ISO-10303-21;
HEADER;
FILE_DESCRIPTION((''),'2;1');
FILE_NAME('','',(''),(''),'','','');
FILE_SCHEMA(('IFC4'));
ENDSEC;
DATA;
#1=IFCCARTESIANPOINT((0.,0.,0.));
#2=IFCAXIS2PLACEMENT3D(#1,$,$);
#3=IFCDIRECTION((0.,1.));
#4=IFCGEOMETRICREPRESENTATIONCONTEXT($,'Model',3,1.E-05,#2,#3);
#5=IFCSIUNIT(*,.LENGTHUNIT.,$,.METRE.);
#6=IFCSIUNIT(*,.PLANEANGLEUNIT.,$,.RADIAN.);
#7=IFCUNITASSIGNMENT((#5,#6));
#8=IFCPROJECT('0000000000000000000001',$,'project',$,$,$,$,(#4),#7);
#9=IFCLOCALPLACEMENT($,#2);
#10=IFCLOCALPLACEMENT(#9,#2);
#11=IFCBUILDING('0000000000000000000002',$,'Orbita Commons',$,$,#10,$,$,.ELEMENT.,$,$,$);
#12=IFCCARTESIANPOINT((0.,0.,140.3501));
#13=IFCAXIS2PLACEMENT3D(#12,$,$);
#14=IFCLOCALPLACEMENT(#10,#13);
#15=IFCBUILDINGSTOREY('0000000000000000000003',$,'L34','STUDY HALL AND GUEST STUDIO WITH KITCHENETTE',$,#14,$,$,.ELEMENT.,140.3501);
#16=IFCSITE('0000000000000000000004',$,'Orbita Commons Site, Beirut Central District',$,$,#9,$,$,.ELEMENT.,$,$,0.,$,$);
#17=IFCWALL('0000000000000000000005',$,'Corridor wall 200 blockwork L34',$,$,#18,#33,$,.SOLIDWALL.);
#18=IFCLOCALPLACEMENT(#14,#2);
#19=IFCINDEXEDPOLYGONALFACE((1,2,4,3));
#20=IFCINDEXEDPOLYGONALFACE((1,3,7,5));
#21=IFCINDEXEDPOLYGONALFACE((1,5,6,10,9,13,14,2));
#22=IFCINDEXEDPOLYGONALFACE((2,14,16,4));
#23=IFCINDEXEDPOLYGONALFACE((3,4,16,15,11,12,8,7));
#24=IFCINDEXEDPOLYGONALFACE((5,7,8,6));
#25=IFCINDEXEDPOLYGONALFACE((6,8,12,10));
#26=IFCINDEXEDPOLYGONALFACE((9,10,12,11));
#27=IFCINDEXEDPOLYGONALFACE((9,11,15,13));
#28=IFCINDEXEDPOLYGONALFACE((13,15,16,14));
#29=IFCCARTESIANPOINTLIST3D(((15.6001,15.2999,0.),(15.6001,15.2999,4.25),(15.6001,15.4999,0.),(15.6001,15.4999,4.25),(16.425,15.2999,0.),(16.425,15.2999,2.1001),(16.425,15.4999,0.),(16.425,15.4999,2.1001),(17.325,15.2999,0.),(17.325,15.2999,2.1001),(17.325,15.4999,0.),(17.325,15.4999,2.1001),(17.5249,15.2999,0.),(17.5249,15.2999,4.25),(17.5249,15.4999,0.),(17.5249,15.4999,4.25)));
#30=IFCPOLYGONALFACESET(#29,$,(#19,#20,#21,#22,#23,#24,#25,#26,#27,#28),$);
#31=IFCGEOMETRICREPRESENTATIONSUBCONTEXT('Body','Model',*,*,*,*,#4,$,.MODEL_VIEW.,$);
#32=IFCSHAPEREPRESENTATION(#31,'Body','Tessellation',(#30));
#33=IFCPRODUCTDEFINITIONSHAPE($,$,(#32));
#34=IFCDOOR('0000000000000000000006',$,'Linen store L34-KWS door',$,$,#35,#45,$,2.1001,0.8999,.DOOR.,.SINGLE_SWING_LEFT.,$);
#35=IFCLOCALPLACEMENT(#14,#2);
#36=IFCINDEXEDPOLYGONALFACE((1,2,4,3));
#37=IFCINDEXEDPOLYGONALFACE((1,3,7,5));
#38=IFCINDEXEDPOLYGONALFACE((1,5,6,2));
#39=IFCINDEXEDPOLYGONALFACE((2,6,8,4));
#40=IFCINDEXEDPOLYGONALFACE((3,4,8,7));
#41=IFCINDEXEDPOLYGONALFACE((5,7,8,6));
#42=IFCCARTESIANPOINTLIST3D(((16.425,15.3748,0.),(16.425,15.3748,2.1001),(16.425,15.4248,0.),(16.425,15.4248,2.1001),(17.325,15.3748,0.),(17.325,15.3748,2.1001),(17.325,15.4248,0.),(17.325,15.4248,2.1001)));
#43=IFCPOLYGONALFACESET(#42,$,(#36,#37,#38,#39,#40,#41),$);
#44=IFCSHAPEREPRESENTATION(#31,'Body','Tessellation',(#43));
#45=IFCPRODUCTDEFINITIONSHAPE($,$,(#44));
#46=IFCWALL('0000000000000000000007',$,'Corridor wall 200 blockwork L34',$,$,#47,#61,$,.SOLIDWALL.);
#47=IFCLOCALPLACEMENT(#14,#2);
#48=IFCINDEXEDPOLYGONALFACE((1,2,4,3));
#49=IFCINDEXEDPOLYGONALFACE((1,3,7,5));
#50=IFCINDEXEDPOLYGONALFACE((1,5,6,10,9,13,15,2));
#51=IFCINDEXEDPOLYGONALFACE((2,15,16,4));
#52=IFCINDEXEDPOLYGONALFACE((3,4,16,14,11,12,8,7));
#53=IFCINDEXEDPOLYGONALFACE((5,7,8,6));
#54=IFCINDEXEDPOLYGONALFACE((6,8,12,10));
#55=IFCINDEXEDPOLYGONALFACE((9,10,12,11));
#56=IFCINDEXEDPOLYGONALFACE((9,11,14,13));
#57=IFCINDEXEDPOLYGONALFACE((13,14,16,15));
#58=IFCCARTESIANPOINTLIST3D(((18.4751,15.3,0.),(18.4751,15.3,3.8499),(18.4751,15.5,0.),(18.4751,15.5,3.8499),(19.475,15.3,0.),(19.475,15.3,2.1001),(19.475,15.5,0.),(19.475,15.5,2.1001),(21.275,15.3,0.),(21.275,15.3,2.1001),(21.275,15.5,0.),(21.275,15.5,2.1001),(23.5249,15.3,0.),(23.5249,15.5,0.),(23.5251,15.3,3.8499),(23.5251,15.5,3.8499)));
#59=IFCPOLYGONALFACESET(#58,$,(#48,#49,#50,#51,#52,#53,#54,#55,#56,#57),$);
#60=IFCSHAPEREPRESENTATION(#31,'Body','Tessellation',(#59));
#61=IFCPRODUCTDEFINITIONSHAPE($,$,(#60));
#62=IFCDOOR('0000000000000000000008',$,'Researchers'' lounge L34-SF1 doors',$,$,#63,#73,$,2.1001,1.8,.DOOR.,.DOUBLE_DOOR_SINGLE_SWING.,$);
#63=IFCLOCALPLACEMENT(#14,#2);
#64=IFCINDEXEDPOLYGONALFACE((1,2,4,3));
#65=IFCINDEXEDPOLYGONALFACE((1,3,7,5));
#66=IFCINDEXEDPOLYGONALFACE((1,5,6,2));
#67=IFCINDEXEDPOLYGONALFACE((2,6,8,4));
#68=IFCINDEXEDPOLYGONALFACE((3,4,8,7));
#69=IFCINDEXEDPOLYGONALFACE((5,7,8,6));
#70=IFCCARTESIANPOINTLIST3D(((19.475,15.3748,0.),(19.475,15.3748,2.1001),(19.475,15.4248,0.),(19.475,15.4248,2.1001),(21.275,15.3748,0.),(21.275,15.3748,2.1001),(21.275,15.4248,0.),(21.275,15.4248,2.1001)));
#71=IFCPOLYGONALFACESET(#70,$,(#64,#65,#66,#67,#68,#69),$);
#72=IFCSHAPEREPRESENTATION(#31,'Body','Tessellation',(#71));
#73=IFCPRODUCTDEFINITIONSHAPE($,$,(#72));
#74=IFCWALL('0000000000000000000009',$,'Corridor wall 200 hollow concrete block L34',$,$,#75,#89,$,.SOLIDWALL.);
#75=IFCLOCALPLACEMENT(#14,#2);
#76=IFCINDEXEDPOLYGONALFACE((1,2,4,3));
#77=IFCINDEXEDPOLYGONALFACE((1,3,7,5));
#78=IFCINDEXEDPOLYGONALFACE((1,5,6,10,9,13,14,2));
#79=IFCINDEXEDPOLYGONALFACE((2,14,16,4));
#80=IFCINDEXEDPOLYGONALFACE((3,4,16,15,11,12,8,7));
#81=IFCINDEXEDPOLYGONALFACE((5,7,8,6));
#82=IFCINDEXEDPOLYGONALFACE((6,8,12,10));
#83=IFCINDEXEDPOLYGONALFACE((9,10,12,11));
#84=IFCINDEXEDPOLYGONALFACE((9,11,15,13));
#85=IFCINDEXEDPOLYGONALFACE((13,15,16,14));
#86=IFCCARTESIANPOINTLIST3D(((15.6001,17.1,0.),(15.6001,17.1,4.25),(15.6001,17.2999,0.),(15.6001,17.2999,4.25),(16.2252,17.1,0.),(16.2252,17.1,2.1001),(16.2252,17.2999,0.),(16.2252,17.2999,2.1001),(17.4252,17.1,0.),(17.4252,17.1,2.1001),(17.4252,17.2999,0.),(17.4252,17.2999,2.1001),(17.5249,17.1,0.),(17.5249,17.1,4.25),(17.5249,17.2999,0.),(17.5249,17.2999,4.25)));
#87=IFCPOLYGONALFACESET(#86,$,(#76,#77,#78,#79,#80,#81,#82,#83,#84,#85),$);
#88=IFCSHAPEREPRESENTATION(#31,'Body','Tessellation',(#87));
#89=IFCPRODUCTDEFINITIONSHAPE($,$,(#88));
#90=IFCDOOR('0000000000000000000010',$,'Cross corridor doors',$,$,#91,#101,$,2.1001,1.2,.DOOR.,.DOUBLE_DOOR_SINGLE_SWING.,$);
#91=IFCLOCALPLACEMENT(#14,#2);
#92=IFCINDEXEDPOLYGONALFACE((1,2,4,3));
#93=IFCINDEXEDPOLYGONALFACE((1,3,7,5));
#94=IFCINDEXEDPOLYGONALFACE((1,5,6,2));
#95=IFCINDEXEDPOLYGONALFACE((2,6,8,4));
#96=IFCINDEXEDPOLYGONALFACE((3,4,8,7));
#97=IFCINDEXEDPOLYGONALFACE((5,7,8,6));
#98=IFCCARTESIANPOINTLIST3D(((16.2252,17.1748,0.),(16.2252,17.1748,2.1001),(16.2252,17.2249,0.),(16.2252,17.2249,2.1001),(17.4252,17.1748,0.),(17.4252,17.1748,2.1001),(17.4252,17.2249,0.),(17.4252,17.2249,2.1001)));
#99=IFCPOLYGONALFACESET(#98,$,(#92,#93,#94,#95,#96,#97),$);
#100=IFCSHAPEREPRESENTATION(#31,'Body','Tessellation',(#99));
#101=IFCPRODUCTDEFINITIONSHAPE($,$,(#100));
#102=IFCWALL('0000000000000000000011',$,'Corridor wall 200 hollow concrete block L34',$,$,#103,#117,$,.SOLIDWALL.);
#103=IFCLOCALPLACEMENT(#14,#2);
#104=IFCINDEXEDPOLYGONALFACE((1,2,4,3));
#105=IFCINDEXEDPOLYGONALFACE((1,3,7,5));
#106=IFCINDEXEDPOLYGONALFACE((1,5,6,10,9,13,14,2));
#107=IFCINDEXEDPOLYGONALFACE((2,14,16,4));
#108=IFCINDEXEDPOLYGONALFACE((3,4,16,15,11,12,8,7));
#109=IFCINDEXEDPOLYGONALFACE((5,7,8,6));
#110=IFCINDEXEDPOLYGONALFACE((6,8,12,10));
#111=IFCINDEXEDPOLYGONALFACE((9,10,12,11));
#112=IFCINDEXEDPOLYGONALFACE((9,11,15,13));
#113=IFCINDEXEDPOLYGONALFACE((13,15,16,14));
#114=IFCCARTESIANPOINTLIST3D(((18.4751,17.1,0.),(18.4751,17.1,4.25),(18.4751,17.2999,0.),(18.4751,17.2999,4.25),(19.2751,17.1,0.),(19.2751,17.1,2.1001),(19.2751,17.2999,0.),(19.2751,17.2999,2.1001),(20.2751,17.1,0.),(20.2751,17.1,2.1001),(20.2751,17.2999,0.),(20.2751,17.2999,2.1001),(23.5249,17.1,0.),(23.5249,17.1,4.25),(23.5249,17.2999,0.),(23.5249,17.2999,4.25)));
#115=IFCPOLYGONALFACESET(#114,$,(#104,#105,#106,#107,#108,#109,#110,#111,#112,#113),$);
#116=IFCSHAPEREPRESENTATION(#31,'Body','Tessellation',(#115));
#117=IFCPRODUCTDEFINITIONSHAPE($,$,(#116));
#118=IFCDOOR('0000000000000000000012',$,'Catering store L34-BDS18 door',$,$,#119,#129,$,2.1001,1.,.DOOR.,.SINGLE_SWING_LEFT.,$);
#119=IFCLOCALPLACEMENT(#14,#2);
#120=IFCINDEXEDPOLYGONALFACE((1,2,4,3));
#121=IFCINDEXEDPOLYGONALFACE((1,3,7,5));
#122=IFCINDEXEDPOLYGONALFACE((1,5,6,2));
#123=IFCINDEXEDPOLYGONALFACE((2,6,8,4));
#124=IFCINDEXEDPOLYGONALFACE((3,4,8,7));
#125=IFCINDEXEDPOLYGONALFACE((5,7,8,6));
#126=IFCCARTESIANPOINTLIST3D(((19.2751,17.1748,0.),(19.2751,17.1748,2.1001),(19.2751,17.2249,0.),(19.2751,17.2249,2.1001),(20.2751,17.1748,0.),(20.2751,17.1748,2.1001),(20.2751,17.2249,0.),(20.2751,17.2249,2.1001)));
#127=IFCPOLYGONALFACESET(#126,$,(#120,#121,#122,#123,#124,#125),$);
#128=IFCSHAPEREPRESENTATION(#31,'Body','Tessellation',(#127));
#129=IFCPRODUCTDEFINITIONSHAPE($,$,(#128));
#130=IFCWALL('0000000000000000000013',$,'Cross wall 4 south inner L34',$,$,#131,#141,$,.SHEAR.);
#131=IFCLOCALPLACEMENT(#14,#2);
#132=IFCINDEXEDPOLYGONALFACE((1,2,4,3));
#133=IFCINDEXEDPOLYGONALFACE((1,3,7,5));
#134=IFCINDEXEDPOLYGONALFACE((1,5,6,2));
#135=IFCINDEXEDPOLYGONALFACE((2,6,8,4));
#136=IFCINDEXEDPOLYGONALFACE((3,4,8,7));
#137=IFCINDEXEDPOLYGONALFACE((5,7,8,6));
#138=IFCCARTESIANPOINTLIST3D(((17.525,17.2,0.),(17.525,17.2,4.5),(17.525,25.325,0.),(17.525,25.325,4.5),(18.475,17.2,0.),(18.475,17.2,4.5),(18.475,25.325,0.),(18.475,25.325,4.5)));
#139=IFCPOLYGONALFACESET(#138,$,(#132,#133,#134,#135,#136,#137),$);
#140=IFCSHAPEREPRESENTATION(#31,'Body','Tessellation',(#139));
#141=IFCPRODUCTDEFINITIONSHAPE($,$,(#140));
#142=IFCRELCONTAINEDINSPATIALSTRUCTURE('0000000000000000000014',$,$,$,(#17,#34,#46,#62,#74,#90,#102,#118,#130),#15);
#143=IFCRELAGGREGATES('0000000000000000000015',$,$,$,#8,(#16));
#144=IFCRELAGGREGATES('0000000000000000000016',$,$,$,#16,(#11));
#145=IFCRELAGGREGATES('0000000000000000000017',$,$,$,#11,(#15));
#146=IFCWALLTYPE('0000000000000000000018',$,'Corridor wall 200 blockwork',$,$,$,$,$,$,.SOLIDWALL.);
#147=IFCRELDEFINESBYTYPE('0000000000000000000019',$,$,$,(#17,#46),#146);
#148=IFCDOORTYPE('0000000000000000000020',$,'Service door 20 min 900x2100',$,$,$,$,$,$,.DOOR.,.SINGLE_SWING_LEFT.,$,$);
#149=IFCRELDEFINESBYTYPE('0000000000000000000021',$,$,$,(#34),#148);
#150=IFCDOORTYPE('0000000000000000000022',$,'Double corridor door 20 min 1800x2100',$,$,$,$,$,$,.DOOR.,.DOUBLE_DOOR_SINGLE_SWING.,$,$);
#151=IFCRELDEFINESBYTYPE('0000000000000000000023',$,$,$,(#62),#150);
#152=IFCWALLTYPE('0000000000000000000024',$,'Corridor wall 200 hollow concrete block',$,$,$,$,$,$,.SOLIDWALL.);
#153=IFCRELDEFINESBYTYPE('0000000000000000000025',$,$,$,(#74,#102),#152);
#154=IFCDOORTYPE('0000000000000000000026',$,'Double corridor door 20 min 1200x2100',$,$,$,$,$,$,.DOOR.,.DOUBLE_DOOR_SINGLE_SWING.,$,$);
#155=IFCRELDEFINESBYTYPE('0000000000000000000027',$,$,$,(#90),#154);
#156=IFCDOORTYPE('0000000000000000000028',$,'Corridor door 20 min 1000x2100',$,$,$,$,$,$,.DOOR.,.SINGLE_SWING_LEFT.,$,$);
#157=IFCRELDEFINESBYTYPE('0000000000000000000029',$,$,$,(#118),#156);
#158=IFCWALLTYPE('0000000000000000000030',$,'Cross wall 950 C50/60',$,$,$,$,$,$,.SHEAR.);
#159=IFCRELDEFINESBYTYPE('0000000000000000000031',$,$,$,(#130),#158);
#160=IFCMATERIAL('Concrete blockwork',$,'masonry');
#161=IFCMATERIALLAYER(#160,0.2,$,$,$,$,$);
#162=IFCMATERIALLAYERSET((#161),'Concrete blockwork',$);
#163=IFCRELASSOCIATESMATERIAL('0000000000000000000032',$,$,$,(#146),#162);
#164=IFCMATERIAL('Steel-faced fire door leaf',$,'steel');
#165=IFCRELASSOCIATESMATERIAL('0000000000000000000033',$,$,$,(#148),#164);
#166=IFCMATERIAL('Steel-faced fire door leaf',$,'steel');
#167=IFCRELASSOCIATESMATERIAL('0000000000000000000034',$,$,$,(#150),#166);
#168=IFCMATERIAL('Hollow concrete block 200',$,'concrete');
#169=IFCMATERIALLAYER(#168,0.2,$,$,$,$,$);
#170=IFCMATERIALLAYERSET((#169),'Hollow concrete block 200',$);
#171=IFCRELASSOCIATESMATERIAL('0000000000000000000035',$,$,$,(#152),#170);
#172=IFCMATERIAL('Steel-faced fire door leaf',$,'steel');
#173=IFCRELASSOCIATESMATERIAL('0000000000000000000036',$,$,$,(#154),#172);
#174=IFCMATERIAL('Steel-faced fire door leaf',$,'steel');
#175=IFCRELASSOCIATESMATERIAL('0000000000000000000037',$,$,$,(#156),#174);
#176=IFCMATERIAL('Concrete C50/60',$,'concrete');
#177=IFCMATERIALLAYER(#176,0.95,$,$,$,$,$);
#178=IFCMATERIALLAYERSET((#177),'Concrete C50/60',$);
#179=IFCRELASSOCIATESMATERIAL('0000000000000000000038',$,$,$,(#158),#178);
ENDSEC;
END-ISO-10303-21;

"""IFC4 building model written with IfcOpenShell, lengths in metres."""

from ifc_helpers import new_model, si_unit, direction, frame, frame_2d, origin, place, context, subcontext, project, spatial, polyline, rectangle, outline, extrude, material, layer, layer_set, type_object, element, fill, save


model = new_model("IFC4")

# Units and contexts
model_context = context("Model", 3, precision=1e-05, world=origin(), true_north=direction((0.0, 1.0)))
body_context = subcontext(model_context, "Body", "Model", "MODEL_VIEW")
ifc_project = project(units=[si_unit("LENGTHUNIT", "METRE"), si_unit("PLANEANGLEUNIT", "RADIAN")], contexts=[model_context])

# Site, building, storey
site_placement = place(None, origin())
site = spatial("IfcSite", under=ifc_project, at=site_placement, Name="Orbita Commons Site, Beirut Central District", CompositionType="ELEMENT", RefElevation=0.0)
building_placement = place(site_placement, origin())
building = spatial("IfcBuilding", under=site, at=building_placement, Name="Orbita Commons", CompositionType="ELEMENT")
storey_placement = place(building_placement, frame((0.0, 0.0, 140.3501)))
storey = spatial("IfcBuildingStorey", under=building, at=storey_placement, Name="L34", Description="STUDY HALL AND GUEST STUDIO WITH KITCHENETTE", CompositionType="ELEMENT", Elevation=140.3501)

# Walls, openings, doors
ifc_material_1 = material(Name="Concrete blockwork", Category="masonry")
ifc_layer_1 = layer(ifc_material_1, 0.2)
ifc_layer_set_1 = layer_set([ifc_layer_1], Name="Concrete blockwork")
wall_type_1 = type_object("IfcWallType", Name="Corridor wall 200 blockwork", PredefinedType="SOLIDWALL", material=ifc_layer_set_1)
wall_1_placement = place(storey_placement, frame((15.6001, 15.3999, 0.0), z_axis=(0.0, 0.0, 1.0), x_axis=(1.0, 0.0, 0.0)))
wall_1 = element("IfcWall", 1, at=wall_1_placement, inside=storey, type_object=wall_type_1, Name="Corridor wall 200 blockwork L34", PredefinedType="SOLIDWALL", context=body_context, shape_type="SweptSolid", body=[
    extrude(rectangle(XDim=1.9248, YDim=0.2, at=frame_2d((0.9624, 0.0))), origin(), (0.0, 0.0, 1.0), 4.25),
])
opening_1_placement = place(wall_1_placement, frame((0.825, 0.0, 0.0)))
opening_1 = element("IfcOpeningElement", 2, at=opening_1_placement, cuts=wall_1, PredefinedType="OPENING", context=body_context, shape_type="SweptSolid", body=[
    extrude(rectangle(XDim=0.8999, YDim=2.1001, at=frame_2d((0.45, 1.05))), frame((0.0, 0.1099, 0.0), z_axis=(0.0, -1.0, 0.0), x_axis=(1.0, 0.0, 0.0)), (0.0, 0.0, 1.0), 0.22),
])
ifc_material_2 = material(Name="Steel-faced fire door leaf", Category="steel")
door_type_1 = type_object("IfcDoorType", Name="Service door 20 min 900x2100", OperationType="SINGLE_SWING_LEFT", PredefinedType="DOOR", material=ifc_material_2)
door_1_placement = place(opening_1_placement, origin())
door_1 = element("IfcDoor", 3, at=door_1_placement, inside=storey, type_object=door_type_1, Name="Linen store L34-KWS door", OperationType="SINGLE_SWING_LEFT", OverallHeight=2.1001, OverallWidth=0.8999, PredefinedType="DOOR", context=body_context, shape_type="SweptSolid", body=[
    extrude(rectangle(XDim=0.8999, YDim=2.1001, at=frame_2d((0.45, 1.05))), frame((0.0, 0.0249, 0.0), z_axis=(0.0, -1.0, 0.0), x_axis=(1.0, 0.0, 0.0)), (0.0, 0.0, 1.0), 0.05),
])
fill(opening_1, door_1)
wall_2_placement = place(storey_placement, frame((18.4751, 15.3999, 0.0), z_axis=(0.0, 0.0, 1.0), x_axis=(1.0, 0.0, 0.0)))
wall_2 = element("IfcWall", 4, at=wall_2_placement, inside=storey, type_object=wall_type_1, Name="Corridor wall 200 blockwork L34", PredefinedType="SOLIDWALL", context=body_context, shape_type="SweptSolid", body=[
    extrude(outline(polyline([(0.0, 0.0), (5.0498, 0.0), (5.05, 3.8499), (0.0, 3.8499), (0.0, 0.0)])), frame((0.0, 0.1001, 0.0), z_axis=(0.0, -1.0, 0.0), x_axis=(1.0, 0.0, 0.0)), (0.0, 0.0, 1.0), 0.2),
])
opening_2_placement = place(wall_2_placement, frame((1.0, 0.0, 0.0)))
opening_2 = element("IfcOpeningElement", 5, at=opening_2_placement, cuts=wall_2, PredefinedType="OPENING", context=body_context, shape_type="SweptSolid", body=[
    extrude(rectangle(XDim=1.8, YDim=2.1001, at=frame_2d((0.8999, 1.05))), frame((0.0, 0.1099, 0.0), z_axis=(0.0, -1.0, 0.0), x_axis=(1.0, 0.0, 0.0)), (0.0, 0.0, 1.0), 0.22),
])
ifc_material_3 = material(Name="Steel-faced fire door leaf", Category="steel")
door_type_2 = type_object("IfcDoorType", Name="Double corridor door 20 min 1800x2100", OperationType="DOUBLE_DOOR_SINGLE_SWING", PredefinedType="DOOR", material=ifc_material_3)
door_2_placement = place(opening_2_placement, origin())
door_2 = element("IfcDoor", 6, at=door_2_placement, inside=storey, type_object=door_type_2, Name="Researchers' lounge L34-SF1 doors", OperationType="DOUBLE_DOOR_SINGLE_SWING", OverallHeight=2.1001, OverallWidth=1.8, PredefinedType="DOOR", context=body_context, shape_type="SweptSolid", body=[
    extrude(rectangle(XDim=1.8, YDim=2.1001, at=frame_2d((0.8999, 1.05))), frame((0.0, 0.0249, 0.0), z_axis=(0.0, -1.0, 0.0), x_axis=(1.0, 0.0, 0.0)), (0.0, 0.0, 1.0), 0.05),
])
fill(opening_2, door_2)
ifc_material_4 = material(Name="Hollow concrete block 200", Category="concrete")
ifc_layer_2 = layer(ifc_material_4, 0.2)
ifc_layer_set_2 = layer_set([ifc_layer_2], Name="Hollow concrete block 200")
wall_type_2 = type_object("IfcWallType", Name="Corridor wall 200 hollow concrete block", PredefinedType="SOLIDWALL", material=ifc_layer_set_2)
wall_3_placement = place(storey_placement, frame((15.6001, 17.2, 0.0), z_axis=(0.0, 0.0, 1.0), x_axis=(1.0, 0.0, 0.0)))
wall_3 = element("IfcWall", 7, at=wall_3_placement, inside=storey, type_object=wall_type_2, Name="Corridor wall 200 hollow concrete block L34", PredefinedType="SOLIDWALL", context=body_context, shape_type="SweptSolid", body=[
    extrude(rectangle(XDim=1.9248, YDim=0.2, at=frame_2d((0.9624, 0.0))), origin(), (0.0, 0.0, 1.0), 4.25),
])
opening_3_placement = place(wall_3_placement, frame((0.625, 0.0, 0.0)))
opening_3 = element("IfcOpeningElement", 8, at=opening_3_placement, cuts=wall_3, PredefinedType="OPENING", context=body_context, shape_type="SweptSolid", body=[
    extrude(rectangle(XDim=1.2, YDim=2.1001, at=frame_2d((0.6001, 1.05))), frame((0.0, 0.1099, 0.0), z_axis=(0.0, -1.0, 0.0), x_axis=(1.0, 0.0, 0.0)), (0.0, 0.0, 1.0), 0.22),
])
ifc_material_5 = material(Name="Steel-faced fire door leaf", Category="steel")
door_type_3 = type_object("IfcDoorType", Name="Double corridor door 20 min 1200x2100", OperationType="DOUBLE_DOOR_SINGLE_SWING", PredefinedType="DOOR", material=ifc_material_5)
door_3_placement = place(opening_3_placement, origin())
door_3 = element("IfcDoor", 9, at=door_3_placement, inside=storey, type_object=door_type_3, Name="Cross corridor doors", OperationType="DOUBLE_DOOR_SINGLE_SWING", OverallHeight=2.1001, OverallWidth=1.2, PredefinedType="DOOR", context=body_context, shape_type="SweptSolid", body=[
    extrude(rectangle(XDim=1.2, YDim=2.1001, at=frame_2d((0.6001, 1.05))), frame((0.0, 0.0249, 0.0), z_axis=(0.0, -1.0, 0.0), x_axis=(1.0, 0.0, 0.0)), (0.0, 0.0, 1.0), 0.05),
])
fill(opening_3, door_3)
wall_4_placement = place(storey_placement, frame((18.4751, 17.2, 0.0), z_axis=(0.0, 0.0, 1.0), x_axis=(1.0, 0.0, 0.0)))
wall_4 = element("IfcWall", 10, at=wall_4_placement, inside=storey, type_object=wall_type_2, Name="Corridor wall 200 hollow concrete block L34", PredefinedType="SOLIDWALL", context=body_context, shape_type="SweptSolid", body=[
    extrude(rectangle(XDim=5.0498, YDim=0.2, at=frame_2d((2.5249, 0.0))), origin(), (0.0, 0.0, 1.0), 4.25),
])
opening_4_placement = place(wall_4_placement, frame((0.8, 0.0, 0.0)))
opening_4 = element("IfcOpeningElement", 11, at=opening_4_placement, cuts=wall_4, PredefinedType="OPENING", context=body_context, shape_type="SweptSolid", body=[
    extrude(rectangle(XDim=1.0, YDim=2.1001, at=frame_2d((0.5, 1.05))), frame((0.0, 0.1099, 0.0), z_axis=(0.0, -1.0, 0.0), x_axis=(1.0, 0.0, 0.0)), (0.0, 0.0, 1.0), 0.22),
])
ifc_material_6 = material(Name="Steel-faced fire door leaf", Category="steel")
door_type_4 = type_object("IfcDoorType", Name="Corridor door 20 min 1000x2100", OperationType="SINGLE_SWING_LEFT", PredefinedType="DOOR", material=ifc_material_6)
door_4_placement = place(opening_4_placement, origin())
door_4 = element("IfcDoor", 12, at=door_4_placement, inside=storey, type_object=door_type_4, Name="Catering store L34-BDS18 door", OperationType="SINGLE_SWING_LEFT", OverallHeight=2.1001, OverallWidth=1.0, PredefinedType="DOOR", context=body_context, shape_type="SweptSolid", body=[
    extrude(rectangle(XDim=1.0, YDim=2.1001, at=frame_2d((0.5, 1.05))), frame((0.0, 0.0249, 0.0), z_axis=(0.0, -1.0, 0.0), x_axis=(1.0, 0.0, 0.0)), (0.0, 0.0, 1.0), 0.05),
])
fill(opening_4, door_4)

# Wall
ifc_material_7 = material(Name="Concrete C50/60", Category="concrete")
ifc_layer_3 = layer(ifc_material_7, 0.95)
ifc_layer_set_3 = layer_set([ifc_layer_3], Name="Concrete C50/60")
wall_type_3 = type_object("IfcWallType", Name="Cross wall 950 C50/60", PredefinedType="SHEAR", material=ifc_layer_set_3)
wall_5_placement = place(storey_placement, frame((18.0, 17.2, 0.0), z_axis=(0.0, 0.0, 1.0), x_axis=(0.0, 1.0, 0.0)))
element("IfcWall", 13, at=wall_5_placement, inside=storey, type_object=wall_type_3, Name="Cross wall 4 south inner L34", PredefinedType="SHEAR", context=body_context, shape_type="SweptSolid", body=[
    extrude(rectangle(XDim=8.125, YDim=0.95, at=frame_2d((4.0625, 0.0))), origin(), (0.0, 0.0, 1.0), 4.5),
])

save(model, "model.ifc")
